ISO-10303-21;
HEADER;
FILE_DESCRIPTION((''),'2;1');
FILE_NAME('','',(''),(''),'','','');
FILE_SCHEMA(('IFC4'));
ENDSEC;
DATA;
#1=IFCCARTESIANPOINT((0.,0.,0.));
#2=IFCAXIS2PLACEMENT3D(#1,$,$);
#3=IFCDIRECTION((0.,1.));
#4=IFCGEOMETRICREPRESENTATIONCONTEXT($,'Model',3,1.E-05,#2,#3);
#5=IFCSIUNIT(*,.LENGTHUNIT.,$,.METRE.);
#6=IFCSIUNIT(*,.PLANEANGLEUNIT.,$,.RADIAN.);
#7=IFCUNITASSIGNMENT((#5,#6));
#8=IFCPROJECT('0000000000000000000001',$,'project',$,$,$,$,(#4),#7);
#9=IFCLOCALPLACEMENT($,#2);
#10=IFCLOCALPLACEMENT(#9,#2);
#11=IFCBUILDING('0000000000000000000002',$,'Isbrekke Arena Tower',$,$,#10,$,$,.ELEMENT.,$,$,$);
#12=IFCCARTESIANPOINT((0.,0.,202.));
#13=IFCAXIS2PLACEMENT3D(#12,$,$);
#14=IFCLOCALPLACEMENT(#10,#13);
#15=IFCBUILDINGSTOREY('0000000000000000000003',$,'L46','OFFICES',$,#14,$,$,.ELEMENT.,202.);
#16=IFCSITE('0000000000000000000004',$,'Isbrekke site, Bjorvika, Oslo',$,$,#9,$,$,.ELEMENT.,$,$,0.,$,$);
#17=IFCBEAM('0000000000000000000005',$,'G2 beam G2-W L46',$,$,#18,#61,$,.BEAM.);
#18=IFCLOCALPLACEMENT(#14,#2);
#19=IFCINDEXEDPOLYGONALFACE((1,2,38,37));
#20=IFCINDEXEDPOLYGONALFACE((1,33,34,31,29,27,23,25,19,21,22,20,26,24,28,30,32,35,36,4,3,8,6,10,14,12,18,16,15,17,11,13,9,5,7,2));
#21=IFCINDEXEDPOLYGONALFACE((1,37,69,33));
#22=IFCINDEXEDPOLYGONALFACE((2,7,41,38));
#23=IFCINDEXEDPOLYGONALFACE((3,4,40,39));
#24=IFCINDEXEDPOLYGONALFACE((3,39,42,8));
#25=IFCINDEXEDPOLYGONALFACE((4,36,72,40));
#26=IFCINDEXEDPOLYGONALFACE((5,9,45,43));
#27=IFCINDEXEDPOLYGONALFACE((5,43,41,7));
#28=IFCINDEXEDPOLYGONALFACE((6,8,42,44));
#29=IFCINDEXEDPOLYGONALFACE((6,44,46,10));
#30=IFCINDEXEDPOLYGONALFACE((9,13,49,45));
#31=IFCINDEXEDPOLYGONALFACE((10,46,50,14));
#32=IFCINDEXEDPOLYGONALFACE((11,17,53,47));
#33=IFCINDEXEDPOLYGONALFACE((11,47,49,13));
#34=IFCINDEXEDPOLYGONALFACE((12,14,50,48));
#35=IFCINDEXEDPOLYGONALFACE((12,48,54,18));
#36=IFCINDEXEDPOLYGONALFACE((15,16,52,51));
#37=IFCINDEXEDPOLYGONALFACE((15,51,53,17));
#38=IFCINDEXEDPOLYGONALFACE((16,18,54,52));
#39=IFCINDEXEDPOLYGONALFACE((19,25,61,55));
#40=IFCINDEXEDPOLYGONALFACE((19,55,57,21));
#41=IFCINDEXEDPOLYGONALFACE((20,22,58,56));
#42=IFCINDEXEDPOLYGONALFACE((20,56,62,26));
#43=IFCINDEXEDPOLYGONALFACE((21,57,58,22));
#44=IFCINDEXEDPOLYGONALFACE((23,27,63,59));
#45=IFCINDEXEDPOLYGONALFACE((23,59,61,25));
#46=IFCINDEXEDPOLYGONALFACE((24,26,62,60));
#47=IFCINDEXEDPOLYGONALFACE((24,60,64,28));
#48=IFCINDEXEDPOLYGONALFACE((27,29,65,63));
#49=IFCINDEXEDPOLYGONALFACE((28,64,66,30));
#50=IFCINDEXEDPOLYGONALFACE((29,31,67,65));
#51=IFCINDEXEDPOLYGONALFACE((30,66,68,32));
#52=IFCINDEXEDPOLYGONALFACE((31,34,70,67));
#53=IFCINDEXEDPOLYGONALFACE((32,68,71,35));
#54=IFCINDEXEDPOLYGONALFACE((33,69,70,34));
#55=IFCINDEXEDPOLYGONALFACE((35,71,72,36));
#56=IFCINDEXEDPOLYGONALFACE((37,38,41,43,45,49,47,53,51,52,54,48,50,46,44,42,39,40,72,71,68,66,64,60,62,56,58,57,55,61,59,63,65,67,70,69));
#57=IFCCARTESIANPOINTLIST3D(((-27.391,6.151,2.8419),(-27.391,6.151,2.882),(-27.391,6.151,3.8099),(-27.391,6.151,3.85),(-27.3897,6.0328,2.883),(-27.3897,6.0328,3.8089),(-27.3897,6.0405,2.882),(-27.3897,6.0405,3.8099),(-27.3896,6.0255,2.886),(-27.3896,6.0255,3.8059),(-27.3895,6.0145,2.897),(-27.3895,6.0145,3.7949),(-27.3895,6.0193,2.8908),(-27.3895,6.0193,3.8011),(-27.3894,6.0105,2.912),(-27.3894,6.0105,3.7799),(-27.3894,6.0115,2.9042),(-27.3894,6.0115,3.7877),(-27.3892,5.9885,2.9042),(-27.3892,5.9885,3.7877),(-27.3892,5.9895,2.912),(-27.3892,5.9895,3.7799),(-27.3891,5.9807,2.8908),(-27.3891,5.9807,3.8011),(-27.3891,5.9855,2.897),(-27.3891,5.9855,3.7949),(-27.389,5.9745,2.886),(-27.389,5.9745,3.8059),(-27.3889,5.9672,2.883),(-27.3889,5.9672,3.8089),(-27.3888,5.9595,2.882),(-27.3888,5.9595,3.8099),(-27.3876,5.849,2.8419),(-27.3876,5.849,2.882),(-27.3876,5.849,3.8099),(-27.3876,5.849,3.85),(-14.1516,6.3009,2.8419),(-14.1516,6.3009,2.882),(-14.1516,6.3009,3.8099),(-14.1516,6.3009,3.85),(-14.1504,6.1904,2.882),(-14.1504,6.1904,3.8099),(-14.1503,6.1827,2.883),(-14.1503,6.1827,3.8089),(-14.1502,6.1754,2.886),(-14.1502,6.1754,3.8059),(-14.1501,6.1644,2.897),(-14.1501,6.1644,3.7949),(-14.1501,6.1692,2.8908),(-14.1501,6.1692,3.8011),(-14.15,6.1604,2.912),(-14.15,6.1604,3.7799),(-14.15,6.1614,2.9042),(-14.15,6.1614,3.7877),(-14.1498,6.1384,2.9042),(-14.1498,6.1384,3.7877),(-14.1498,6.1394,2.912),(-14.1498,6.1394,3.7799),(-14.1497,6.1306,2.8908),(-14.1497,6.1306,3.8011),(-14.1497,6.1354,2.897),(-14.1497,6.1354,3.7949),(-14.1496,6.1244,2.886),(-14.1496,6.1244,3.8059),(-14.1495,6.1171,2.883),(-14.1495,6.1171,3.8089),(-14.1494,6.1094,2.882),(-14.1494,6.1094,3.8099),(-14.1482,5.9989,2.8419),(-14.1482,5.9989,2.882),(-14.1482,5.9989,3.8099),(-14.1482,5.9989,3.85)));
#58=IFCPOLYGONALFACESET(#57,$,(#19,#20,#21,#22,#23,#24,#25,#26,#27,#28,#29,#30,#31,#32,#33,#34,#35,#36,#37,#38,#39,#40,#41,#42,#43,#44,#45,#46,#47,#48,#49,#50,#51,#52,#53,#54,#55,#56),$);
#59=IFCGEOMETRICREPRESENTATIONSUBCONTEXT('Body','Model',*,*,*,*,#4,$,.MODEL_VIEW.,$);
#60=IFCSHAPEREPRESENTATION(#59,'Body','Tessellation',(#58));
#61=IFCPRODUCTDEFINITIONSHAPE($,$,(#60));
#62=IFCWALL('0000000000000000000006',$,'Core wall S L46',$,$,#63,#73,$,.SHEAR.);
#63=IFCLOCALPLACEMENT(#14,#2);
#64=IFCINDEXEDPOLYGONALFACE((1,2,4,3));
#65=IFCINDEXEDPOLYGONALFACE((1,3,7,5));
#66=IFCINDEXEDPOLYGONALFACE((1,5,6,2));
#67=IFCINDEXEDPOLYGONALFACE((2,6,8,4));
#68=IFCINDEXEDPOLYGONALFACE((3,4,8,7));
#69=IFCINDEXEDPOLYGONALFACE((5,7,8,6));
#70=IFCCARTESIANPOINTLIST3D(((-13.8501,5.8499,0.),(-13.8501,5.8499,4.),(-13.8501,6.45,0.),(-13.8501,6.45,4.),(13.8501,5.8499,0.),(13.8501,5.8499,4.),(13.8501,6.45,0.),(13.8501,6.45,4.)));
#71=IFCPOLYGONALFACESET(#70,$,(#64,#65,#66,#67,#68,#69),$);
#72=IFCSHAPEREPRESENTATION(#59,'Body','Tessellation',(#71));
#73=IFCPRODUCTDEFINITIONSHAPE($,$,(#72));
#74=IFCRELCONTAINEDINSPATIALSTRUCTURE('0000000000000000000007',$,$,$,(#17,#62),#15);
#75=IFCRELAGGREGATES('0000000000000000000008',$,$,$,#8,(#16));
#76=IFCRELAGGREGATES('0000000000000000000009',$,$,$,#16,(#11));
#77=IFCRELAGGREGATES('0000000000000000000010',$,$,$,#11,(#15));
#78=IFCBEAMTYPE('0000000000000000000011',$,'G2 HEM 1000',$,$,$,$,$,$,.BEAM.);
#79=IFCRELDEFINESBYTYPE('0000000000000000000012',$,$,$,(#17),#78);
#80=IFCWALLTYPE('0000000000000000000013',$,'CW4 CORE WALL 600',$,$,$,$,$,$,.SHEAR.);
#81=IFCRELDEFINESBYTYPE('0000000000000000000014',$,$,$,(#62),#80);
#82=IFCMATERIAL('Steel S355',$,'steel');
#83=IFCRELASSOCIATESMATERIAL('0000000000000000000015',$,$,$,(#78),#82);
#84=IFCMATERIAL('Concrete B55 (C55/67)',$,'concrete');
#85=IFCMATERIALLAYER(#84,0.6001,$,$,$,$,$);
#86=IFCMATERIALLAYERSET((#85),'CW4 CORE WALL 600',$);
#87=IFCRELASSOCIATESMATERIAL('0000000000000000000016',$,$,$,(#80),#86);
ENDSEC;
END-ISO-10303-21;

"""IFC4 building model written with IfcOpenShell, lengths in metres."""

from ifc_helpers import new_model, si_unit, direction, frame, frame_2d, origin, origin_2d, place, context, subcontext, project, spatial, rectangle, i_section, extrude, material, layer, layer_set, material_profile, profile_set, type_object, element, save


model = new_model("IFC4")

# Units and contexts
model_context = context("Model", 3, precision=1e-05, world=origin(), true_north=direction((0.0, 1.0)))
body_context = subcontext(model_context, "Body", "Model", "MODEL_VIEW")
ifc_project = project(units=[si_unit("LENGTHUNIT", "METRE"), si_unit("PLANEANGLEUNIT", "RADIAN")], contexts=[model_context])

# Site, building, storey
site_placement = place(None, origin())
site = spatial("IfcSite", under=ifc_project, at=site_placement, Name="Isbrekke site, Bjorvika, Oslo", CompositionType="ELEMENT", RefElevation=0.0)
building_placement = place(site_placement, origin())
building = spatial("IfcBuilding", under=site, at=building_placement, Name="Isbrekke Arena Tower", CompositionType="ELEMENT")
storey_placement = place(building_placement, frame((0.0, 0.0, 202.0)))
storey = spatial("IfcBuildingStorey", under=building, at=storey_placement, Name="L46", Description="OFFICES", CompositionType="ELEMENT", Elevation=202.0)

# Beam
ifc_material_1 = material(Name="Steel S355", Category="steel")
ifc_material_profile = material_profile(ifc_material_1, i_section(OverallWidth=0.302, OverallDepth=1.0081, WebThickness=0.021, FlangeThickness=0.04, FilletRadius=0.03, at=origin_2d()), Name="HEM 1000")
ifc_profile_set = profile_set([ifc_material_profile], Name="Steel S355")
beam_type = type_object("IfcBeamType", Name="G2 HEM 1000", PredefinedType="BEAM", material=ifc_profile_set)
beam_placement = place(storey_placement, frame((-14.1499, 6.1499, 3.3459), z_axis=(-0.999936, -0.011322, 0.0), x_axis=(0.011322, -0.999936, 0.0)))
element("IfcBeam", 1, at=beam_placement, inside=storey, type_object=beam_type, Name="G2 beam G2-W L46", PredefinedType="BEAM", context=body_context, shape_type="SweptSolid", body=[
    extrude(i_section(OverallWidth=0.302, OverallDepth=1.0081, WebThickness=0.021, FlangeThickness=0.04, FilletRadius=0.03, at=origin_2d()), origin(), (0.0, 0.0, 1.0), 13.2402),
])

# Wall
ifc_material_2 = material(Name="Concrete B55 (C55/67)", Category="concrete")
ifc_layer_1 = layer(ifc_material_2, 0.6001)
ifc_layer_set_1 = layer_set([ifc_layer_1], Name="CW4 CORE WALL 600")
wall_type_1 = type_object("IfcWallType", Name="CW4 CORE WALL 600", PredefinedType="SHEAR", material=ifc_layer_set_1)
wall_1_placement = place(storey_placement, frame((-13.8501, 6.1499, 0.0), z_axis=(0.0, 0.0, 1.0), x_axis=(1.0, 0.0, 0.0)))
element("IfcWall", 2, at=wall_1_placement, inside=storey, type_object=wall_type_1, Name="Core wall S L46", PredefinedType="SHEAR", context=body_context, shape_type="SweptSolid", body=[
    extrude(rectangle(XDim=27.7002, YDim=0.6001, at=frame_2d((13.8501, 0.0))), origin(), (0.0, 0.0, 1.0), 4.0),
])

save(model, "model.ifc")
